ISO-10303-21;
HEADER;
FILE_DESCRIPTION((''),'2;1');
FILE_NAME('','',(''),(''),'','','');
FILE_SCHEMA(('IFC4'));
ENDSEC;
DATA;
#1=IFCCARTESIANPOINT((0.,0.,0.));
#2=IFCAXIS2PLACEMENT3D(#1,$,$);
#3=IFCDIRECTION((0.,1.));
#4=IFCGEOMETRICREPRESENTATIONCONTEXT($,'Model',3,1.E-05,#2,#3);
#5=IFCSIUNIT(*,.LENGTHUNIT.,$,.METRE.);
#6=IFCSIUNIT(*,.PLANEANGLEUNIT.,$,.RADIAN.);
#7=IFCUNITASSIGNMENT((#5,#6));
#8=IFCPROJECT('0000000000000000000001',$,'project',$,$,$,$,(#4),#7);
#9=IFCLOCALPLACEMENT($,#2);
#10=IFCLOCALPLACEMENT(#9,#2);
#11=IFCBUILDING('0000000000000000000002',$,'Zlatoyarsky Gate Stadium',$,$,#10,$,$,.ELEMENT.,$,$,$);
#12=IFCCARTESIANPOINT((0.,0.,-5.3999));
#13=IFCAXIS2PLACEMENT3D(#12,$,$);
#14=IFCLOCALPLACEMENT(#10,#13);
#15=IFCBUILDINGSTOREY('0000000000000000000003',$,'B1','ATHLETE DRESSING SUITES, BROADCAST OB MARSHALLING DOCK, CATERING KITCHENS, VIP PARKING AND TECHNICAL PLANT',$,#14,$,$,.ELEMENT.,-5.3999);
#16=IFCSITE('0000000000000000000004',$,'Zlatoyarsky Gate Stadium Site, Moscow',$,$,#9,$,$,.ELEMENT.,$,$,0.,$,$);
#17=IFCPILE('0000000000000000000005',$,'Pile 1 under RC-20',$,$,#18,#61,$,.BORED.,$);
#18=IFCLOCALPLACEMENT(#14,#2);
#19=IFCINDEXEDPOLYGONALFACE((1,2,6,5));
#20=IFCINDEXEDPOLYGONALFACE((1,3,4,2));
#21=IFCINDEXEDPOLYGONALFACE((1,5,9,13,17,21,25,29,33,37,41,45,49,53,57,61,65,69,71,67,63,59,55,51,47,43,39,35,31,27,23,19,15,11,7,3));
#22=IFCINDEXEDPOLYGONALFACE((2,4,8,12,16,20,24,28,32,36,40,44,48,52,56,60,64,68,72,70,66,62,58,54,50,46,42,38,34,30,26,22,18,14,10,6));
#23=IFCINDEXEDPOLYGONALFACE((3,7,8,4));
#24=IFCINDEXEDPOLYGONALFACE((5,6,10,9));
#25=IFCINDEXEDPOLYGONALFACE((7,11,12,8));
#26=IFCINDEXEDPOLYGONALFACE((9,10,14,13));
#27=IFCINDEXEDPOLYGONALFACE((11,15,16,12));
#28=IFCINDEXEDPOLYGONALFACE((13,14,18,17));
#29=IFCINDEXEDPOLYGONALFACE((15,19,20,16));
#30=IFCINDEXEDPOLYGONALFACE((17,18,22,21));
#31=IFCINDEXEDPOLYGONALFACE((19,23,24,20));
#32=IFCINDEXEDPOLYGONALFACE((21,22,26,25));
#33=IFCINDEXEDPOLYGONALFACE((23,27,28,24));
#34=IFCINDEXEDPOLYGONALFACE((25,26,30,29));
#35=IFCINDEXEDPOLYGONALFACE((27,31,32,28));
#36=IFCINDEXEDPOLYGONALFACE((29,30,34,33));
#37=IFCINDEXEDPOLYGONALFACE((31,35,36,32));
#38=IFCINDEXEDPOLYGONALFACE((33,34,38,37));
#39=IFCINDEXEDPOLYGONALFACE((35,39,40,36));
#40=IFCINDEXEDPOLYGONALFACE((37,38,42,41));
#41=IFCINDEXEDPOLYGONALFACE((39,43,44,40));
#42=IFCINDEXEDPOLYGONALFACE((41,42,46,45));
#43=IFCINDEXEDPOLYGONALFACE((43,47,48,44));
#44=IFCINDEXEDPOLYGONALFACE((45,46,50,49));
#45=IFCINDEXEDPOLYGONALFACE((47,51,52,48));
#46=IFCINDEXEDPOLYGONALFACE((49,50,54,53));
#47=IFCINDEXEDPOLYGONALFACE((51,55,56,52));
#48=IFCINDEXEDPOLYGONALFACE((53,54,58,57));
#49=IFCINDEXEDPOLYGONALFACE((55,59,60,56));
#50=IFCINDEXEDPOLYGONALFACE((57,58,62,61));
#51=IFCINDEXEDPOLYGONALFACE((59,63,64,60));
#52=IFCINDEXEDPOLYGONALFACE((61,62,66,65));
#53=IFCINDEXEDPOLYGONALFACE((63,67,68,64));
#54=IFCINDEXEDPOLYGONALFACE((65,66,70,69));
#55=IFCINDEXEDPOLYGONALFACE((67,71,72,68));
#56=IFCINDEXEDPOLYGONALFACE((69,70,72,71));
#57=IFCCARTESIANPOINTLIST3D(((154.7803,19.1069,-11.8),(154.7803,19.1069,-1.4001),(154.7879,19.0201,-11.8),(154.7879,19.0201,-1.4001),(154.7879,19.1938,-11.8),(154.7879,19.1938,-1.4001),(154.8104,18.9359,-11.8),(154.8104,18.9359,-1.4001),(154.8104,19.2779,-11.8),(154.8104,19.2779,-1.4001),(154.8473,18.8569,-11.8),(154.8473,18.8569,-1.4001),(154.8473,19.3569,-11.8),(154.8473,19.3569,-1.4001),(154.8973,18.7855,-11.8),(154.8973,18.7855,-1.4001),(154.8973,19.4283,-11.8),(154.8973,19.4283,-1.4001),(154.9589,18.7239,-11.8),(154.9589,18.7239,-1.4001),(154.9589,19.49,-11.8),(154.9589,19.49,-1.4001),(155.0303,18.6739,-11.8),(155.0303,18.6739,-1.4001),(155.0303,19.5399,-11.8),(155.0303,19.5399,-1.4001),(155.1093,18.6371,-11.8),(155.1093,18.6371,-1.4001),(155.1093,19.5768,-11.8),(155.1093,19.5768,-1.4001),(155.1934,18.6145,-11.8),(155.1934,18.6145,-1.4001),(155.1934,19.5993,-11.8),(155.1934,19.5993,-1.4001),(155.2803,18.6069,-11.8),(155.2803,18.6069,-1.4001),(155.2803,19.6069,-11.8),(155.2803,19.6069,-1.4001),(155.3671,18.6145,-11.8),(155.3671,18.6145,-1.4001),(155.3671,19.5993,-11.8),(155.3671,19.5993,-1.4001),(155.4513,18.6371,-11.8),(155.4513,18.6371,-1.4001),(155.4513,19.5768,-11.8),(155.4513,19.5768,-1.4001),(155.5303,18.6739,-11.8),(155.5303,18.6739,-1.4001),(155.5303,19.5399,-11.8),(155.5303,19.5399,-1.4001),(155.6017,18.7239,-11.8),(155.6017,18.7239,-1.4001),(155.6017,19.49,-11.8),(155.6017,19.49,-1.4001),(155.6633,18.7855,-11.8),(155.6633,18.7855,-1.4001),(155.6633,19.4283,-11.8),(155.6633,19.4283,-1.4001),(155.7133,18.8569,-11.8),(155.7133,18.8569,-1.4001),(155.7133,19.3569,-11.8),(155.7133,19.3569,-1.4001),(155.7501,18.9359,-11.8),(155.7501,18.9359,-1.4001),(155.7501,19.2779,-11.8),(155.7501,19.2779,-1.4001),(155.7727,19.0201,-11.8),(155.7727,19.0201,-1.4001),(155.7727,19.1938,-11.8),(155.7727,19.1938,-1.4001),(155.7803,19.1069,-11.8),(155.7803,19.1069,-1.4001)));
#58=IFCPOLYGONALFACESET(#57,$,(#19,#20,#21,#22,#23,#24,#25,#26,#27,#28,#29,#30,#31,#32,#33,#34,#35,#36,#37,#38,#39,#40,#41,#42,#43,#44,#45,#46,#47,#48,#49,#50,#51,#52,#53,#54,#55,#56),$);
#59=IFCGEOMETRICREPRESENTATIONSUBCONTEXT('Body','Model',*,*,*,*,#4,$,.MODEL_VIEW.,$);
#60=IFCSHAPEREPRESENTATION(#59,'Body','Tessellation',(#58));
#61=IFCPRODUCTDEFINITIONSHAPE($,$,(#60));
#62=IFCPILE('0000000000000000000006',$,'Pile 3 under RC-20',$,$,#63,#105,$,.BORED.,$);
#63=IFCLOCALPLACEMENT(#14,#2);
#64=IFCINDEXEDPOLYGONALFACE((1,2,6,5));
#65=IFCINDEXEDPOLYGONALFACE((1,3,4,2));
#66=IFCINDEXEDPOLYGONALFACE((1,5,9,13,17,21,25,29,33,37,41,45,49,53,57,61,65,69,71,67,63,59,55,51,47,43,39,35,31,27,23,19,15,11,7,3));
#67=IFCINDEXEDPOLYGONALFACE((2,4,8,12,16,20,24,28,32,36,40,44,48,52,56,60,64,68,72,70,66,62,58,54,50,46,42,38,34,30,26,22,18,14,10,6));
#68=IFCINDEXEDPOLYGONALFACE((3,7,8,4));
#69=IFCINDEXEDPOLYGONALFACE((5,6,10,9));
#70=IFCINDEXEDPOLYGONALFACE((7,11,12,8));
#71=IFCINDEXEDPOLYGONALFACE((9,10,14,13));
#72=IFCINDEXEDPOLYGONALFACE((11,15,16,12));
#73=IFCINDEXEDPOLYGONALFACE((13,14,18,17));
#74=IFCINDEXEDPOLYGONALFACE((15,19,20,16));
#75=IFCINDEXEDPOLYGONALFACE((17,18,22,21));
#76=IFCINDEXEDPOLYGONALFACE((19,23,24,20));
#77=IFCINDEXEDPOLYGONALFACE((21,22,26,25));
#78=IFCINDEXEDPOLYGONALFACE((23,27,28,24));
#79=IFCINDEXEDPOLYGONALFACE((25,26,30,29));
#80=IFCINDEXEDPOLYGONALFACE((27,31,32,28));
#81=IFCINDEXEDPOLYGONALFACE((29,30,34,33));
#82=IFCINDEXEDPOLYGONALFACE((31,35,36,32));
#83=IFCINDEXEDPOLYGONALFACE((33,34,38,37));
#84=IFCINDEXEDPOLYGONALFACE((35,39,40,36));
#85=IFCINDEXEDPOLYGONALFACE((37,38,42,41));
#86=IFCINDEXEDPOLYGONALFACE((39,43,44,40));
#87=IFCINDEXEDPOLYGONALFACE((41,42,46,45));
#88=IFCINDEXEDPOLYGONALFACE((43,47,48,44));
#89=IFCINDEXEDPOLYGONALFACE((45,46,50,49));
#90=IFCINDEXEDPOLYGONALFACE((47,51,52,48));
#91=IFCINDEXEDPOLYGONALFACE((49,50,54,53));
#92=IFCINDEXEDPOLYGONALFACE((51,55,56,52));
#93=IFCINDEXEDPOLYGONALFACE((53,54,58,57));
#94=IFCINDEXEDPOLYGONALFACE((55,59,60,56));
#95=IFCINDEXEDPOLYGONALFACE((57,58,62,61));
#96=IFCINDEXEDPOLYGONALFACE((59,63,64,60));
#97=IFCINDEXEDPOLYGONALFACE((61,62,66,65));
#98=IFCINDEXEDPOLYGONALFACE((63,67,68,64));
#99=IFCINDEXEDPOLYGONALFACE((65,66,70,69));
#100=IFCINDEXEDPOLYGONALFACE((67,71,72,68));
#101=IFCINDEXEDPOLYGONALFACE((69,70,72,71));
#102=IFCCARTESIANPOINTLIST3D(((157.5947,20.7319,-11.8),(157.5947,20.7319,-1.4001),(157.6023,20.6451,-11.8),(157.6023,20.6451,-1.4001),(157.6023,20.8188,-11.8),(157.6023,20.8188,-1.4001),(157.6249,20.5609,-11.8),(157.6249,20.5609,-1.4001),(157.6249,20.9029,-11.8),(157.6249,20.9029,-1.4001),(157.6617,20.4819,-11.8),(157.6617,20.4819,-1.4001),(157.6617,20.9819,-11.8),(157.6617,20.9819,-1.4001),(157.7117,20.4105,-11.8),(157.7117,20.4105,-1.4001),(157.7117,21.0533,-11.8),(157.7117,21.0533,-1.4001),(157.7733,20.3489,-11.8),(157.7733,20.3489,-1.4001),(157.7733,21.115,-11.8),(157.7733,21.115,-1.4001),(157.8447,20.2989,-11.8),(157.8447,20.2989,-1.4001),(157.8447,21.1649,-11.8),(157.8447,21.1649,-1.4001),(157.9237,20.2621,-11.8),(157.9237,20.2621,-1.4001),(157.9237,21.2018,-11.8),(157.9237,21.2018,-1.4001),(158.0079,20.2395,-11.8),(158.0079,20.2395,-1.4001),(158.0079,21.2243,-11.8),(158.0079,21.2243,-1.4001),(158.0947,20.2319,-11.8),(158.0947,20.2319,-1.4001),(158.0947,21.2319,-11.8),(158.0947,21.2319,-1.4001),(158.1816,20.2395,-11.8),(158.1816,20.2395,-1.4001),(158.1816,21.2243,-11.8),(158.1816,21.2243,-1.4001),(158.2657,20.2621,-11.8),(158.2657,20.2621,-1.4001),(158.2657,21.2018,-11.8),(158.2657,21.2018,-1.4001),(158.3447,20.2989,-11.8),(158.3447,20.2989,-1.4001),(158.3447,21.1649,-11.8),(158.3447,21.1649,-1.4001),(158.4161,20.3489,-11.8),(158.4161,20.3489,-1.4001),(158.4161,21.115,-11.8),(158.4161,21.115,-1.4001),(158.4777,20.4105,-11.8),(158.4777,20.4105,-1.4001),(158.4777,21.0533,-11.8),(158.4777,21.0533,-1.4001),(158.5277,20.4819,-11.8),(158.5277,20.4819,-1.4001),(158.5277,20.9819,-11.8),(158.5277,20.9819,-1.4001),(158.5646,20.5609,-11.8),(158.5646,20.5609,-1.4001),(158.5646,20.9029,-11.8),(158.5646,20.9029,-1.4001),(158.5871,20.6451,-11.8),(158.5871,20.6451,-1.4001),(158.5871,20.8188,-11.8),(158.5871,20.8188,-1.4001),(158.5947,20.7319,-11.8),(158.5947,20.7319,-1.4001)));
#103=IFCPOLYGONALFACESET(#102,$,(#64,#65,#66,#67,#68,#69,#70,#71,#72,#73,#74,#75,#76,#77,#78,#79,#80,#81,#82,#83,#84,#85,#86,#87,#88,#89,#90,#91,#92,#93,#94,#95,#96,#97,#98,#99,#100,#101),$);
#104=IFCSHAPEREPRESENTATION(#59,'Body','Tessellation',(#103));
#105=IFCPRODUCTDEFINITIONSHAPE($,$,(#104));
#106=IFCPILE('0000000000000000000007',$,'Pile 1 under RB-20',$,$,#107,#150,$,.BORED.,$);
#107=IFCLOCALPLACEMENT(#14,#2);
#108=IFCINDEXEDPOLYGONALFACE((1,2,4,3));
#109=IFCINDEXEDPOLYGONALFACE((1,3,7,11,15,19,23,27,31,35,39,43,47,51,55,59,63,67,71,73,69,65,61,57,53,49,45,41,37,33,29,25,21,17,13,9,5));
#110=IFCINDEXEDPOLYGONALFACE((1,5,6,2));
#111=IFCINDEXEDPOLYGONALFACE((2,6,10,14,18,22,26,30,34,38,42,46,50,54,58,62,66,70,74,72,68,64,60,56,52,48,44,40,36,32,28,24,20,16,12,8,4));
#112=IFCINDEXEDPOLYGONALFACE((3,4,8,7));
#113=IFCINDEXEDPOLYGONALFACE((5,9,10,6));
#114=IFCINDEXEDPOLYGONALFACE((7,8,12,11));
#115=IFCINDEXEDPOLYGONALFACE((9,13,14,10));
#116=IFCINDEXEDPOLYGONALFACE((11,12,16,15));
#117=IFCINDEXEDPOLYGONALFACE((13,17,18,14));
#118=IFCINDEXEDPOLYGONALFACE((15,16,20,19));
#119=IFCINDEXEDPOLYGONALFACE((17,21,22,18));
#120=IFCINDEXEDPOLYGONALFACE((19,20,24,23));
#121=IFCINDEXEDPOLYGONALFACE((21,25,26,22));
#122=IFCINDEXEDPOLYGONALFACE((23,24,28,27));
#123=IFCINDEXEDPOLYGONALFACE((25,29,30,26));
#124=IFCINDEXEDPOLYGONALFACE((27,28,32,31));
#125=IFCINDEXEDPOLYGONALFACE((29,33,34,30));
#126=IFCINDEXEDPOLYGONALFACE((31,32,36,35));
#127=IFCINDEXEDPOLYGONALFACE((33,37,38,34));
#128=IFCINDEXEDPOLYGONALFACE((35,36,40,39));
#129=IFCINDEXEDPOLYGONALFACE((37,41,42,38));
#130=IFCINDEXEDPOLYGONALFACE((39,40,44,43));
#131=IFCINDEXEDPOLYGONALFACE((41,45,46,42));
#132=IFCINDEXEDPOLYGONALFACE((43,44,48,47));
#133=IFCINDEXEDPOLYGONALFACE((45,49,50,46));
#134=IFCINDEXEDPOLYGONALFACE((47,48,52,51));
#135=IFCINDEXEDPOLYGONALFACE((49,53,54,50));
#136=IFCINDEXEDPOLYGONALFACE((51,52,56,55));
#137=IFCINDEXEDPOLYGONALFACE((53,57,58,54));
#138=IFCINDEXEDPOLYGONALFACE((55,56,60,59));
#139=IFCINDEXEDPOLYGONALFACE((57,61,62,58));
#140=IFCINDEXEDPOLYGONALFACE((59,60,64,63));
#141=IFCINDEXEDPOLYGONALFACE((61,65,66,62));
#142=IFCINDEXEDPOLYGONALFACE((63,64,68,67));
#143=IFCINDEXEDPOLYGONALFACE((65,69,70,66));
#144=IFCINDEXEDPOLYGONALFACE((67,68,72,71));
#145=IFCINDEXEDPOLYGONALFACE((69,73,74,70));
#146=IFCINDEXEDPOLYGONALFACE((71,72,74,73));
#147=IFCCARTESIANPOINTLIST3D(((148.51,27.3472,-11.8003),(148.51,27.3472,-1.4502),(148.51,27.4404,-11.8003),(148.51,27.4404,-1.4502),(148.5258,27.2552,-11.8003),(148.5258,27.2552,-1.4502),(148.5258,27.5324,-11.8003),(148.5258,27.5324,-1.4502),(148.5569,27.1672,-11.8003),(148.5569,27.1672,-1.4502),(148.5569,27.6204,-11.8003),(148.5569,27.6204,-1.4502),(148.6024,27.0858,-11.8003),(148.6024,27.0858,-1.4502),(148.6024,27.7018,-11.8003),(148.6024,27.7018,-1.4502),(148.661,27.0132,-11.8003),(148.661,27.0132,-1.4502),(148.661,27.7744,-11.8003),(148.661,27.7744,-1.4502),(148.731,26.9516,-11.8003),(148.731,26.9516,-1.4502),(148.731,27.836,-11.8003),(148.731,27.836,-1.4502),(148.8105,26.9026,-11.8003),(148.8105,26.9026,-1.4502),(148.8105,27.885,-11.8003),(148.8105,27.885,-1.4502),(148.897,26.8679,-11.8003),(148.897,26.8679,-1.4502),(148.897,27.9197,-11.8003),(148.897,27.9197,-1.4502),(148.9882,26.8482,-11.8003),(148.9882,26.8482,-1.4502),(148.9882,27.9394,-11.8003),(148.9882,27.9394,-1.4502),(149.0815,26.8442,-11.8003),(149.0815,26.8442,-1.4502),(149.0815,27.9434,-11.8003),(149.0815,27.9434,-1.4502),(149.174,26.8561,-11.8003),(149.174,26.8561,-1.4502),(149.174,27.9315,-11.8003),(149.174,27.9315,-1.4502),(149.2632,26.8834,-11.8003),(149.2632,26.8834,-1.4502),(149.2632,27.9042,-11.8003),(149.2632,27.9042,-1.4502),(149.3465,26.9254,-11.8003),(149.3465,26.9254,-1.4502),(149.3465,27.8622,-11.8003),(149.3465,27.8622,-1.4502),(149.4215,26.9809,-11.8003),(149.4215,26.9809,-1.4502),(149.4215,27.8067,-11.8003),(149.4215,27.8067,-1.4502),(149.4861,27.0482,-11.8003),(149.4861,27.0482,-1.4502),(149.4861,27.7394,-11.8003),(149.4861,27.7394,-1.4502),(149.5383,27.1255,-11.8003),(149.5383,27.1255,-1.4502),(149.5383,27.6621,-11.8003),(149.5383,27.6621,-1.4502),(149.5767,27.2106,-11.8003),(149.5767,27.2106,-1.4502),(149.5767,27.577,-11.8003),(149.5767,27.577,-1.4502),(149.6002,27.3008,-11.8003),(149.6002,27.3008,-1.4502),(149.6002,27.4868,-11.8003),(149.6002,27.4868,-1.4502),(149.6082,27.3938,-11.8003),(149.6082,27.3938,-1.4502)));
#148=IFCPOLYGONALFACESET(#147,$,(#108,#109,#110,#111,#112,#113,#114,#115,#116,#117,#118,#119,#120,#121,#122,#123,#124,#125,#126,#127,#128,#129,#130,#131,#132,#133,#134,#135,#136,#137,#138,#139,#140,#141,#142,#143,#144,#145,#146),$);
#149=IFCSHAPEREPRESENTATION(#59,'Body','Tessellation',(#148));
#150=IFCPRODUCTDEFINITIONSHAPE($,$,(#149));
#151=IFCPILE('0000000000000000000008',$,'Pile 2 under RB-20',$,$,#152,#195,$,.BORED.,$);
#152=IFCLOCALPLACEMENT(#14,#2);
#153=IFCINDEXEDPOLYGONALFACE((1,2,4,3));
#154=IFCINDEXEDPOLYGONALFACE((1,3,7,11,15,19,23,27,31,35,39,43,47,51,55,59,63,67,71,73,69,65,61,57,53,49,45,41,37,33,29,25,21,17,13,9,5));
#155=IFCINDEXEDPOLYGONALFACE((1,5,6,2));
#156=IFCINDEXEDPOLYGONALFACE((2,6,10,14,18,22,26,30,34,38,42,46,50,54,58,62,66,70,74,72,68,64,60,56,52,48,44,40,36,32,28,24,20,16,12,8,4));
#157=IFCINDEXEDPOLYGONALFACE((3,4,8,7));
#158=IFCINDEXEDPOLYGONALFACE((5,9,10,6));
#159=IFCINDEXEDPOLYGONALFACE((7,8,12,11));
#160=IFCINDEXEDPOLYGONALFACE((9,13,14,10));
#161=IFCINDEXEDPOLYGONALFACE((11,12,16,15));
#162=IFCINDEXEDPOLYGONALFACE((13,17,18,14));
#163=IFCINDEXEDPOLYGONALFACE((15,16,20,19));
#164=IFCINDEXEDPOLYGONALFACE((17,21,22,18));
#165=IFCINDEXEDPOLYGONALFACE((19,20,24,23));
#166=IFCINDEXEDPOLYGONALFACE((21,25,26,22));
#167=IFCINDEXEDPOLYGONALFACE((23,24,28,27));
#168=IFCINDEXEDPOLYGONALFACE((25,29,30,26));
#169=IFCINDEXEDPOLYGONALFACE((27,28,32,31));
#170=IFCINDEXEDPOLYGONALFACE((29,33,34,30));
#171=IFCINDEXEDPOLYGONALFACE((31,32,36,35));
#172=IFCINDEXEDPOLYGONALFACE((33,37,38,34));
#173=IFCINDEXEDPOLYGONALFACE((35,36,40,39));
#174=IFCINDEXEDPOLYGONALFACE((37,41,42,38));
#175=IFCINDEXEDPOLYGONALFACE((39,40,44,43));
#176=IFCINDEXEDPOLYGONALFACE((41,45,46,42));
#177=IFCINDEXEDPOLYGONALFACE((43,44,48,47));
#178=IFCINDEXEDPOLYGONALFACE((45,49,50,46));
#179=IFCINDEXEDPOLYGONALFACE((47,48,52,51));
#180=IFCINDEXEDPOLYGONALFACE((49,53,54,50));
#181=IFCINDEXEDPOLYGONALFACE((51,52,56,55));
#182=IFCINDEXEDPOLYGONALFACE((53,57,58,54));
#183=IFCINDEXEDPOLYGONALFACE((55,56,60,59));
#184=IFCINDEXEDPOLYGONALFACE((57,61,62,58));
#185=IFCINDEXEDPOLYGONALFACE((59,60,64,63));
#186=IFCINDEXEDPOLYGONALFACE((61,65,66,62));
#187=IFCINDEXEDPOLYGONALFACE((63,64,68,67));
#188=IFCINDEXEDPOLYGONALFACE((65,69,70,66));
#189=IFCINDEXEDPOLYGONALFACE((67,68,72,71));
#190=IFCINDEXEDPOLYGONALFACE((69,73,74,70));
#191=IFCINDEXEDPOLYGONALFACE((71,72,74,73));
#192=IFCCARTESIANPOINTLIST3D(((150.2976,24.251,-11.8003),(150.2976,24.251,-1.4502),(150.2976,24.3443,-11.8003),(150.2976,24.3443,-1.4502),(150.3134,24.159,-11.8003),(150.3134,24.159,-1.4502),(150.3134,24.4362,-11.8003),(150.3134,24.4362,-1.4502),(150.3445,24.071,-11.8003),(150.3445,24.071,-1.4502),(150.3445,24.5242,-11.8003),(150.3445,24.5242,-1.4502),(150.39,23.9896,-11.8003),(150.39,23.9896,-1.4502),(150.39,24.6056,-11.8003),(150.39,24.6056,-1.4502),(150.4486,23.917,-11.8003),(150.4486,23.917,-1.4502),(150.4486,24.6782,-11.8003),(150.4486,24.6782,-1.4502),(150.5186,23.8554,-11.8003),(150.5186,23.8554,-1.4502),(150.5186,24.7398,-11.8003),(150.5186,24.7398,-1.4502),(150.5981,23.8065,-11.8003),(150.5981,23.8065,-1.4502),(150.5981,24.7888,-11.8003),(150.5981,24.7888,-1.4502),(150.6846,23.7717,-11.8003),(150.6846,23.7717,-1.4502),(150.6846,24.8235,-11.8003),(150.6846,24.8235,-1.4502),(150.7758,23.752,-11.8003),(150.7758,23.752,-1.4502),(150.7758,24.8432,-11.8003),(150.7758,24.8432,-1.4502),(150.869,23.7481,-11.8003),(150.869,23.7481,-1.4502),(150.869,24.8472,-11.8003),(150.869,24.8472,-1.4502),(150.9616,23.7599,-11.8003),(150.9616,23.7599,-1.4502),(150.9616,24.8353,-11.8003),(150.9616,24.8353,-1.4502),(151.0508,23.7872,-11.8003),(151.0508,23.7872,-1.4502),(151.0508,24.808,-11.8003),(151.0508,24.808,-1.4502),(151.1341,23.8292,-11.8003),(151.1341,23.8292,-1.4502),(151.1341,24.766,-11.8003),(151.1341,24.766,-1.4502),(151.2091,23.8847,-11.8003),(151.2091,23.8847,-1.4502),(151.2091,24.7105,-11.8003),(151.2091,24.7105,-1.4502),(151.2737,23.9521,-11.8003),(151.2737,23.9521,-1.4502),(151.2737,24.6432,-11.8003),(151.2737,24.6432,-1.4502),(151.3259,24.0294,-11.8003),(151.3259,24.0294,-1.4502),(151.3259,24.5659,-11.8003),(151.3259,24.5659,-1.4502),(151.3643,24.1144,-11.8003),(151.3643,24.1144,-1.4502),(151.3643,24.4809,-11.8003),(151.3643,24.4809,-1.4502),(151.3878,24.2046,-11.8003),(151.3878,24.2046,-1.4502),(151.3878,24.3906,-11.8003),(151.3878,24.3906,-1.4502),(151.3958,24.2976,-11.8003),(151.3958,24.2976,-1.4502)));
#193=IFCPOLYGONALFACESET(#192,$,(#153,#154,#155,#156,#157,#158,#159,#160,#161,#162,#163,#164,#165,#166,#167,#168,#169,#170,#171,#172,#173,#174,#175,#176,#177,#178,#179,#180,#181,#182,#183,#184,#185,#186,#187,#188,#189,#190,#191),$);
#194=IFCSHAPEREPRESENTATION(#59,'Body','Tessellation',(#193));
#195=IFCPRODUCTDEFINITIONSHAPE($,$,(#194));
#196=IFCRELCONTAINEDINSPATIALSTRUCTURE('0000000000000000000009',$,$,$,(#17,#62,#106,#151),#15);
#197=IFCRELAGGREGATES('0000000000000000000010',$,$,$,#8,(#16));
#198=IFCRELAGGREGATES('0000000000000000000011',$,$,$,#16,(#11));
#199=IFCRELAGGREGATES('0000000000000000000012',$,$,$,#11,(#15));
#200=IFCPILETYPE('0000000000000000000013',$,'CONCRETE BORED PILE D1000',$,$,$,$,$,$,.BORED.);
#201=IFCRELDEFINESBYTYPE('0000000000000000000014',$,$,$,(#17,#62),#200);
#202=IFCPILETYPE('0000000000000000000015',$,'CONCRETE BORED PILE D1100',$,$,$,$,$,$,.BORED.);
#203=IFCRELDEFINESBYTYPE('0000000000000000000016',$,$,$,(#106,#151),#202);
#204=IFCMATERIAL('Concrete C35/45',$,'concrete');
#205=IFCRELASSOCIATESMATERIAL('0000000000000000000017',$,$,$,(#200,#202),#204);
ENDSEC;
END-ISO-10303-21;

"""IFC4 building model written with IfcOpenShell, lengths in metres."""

from ifc_helpers import new_model, si_unit, direction, frame, origin, origin_2d, place, context, subcontext, project, spatial, circle, extrude, material, material_profile, profile_set, type_object, element, save


model = new_model("IFC4")

# Units and contexts
model_context = context("Model", 3, precision=1e-05, world=origin(), true_north=direction((0.0, 1.0)))
body_context = subcontext(model_context, "Body", "Model", "MODEL_VIEW")
ifc_project = project(units=[si_unit("LENGTHUNIT", "METRE"), si_unit("PLANEANGLEUNIT", "RADIAN")], contexts=[model_context])

# Site, building, storey
site_placement = place(None, origin())
site = spatial("IfcSite", under=ifc_project, at=site_placement, Name="Zlatoyarsky Gate Stadium Site, Moscow", CompositionType="ELEMENT", RefElevation=0.0)
building_placement = place(site_placement, origin())
building = spatial("IfcBuilding", under=site, at=building_placement, Name="Zlatoyarsky Gate Stadium", CompositionType="ELEMENT")
storey_placement = place(building_placement, frame((0.0, 0.0, -5.3999)))
storey = spatial("IfcBuildingStorey", under=building, at=storey_placement, Name="B1", Description="ATHLETE DRESSING SUITES, BROADCAST OB MARSHALLING DOCK, CATERING KITCHENS, VIP PARKING AND TECHNICAL PLANT", CompositionType="ELEMENT", Elevation=-5.3999)

# Piles
ifc_material_1 = material(Name="Concrete C35/45", Category="concrete")
ifc_material_profile_1 = material_profile(ifc_material_1, circle(Radius=0.5, at=origin_2d()), Name="BORED PILE D1000")
ifc_profile_set_1 = profile_set([ifc_material_profile_1], Name="Concrete C35/45")
pile_type_1 = type_object("IfcPileType", Name="CONCRETE BORED PILE D1000", PredefinedType="BORED", material=ifc_profile_set_1)
for number, where, z_axis, x_axis, name in (
    (1, (155.2803, 19.1069, -1.4001), (0.0, 0.0, -1.0), (1.0, 0.0, 0.0), "Pile 1 under RC-20"),
    (2, (158.0947, 20.7319, -1.4001), (0.0, 0.0, -1.0), (1.0, 0.0, 0.0), "Pile 3 under RC-20"),
):
    element("IfcPile", number, at=place(storey_placement, frame(where, z_axis=z_axis, x_axis=x_axis)), inside=storey, type_object=pile_type_1, Name=name, PredefinedType="BORED", context=body_context, shape_type="SweptSolid", body=[
        extrude(circle(Radius=0.5, at=origin_2d()), origin(), (0.0, 0.0, 1.0), 10.3999),
    ])
ifc_material_profile_2 = material_profile(ifc_material_1, circle(Radius=0.55, at=origin_2d()), Name="BORED PILE D1100")
ifc_profile_set_2 = profile_set([ifc_material_profile_2], Name="Concrete C35/45")
pile_type_2 = type_object("IfcPileType", Name="CONCRETE BORED PILE D1100", PredefinedType="BORED", material=ifc_profile_set_2)
for number, where, z_axis, x_axis, name in (
    (3, (149.0581, 27.3938, -1.4502), (0.0, 0.0, -1.0), (1.0, 0.0, 0.0), "Pile 1 under RB-20"),
    (4, (150.8457, 24.2976, -1.4502), (0.0, 0.0, -1.0), (1.0, 0.0, 0.0), "Pile 2 under RB-20"),
):
    element("IfcPile", number, at=place(storey_placement, frame(where, z_axis=z_axis, x_axis=x_axis)), inside=storey, type_object=pile_type_2, Name=name, PredefinedType="BORED", context=body_context, shape_type="SweptSolid", body=[
        extrude(circle(Radius=0.55, at=origin_2d()), origin(), (0.0, 0.0, 1.0), 10.3501),
    ])

save(model, "model.ifc")
